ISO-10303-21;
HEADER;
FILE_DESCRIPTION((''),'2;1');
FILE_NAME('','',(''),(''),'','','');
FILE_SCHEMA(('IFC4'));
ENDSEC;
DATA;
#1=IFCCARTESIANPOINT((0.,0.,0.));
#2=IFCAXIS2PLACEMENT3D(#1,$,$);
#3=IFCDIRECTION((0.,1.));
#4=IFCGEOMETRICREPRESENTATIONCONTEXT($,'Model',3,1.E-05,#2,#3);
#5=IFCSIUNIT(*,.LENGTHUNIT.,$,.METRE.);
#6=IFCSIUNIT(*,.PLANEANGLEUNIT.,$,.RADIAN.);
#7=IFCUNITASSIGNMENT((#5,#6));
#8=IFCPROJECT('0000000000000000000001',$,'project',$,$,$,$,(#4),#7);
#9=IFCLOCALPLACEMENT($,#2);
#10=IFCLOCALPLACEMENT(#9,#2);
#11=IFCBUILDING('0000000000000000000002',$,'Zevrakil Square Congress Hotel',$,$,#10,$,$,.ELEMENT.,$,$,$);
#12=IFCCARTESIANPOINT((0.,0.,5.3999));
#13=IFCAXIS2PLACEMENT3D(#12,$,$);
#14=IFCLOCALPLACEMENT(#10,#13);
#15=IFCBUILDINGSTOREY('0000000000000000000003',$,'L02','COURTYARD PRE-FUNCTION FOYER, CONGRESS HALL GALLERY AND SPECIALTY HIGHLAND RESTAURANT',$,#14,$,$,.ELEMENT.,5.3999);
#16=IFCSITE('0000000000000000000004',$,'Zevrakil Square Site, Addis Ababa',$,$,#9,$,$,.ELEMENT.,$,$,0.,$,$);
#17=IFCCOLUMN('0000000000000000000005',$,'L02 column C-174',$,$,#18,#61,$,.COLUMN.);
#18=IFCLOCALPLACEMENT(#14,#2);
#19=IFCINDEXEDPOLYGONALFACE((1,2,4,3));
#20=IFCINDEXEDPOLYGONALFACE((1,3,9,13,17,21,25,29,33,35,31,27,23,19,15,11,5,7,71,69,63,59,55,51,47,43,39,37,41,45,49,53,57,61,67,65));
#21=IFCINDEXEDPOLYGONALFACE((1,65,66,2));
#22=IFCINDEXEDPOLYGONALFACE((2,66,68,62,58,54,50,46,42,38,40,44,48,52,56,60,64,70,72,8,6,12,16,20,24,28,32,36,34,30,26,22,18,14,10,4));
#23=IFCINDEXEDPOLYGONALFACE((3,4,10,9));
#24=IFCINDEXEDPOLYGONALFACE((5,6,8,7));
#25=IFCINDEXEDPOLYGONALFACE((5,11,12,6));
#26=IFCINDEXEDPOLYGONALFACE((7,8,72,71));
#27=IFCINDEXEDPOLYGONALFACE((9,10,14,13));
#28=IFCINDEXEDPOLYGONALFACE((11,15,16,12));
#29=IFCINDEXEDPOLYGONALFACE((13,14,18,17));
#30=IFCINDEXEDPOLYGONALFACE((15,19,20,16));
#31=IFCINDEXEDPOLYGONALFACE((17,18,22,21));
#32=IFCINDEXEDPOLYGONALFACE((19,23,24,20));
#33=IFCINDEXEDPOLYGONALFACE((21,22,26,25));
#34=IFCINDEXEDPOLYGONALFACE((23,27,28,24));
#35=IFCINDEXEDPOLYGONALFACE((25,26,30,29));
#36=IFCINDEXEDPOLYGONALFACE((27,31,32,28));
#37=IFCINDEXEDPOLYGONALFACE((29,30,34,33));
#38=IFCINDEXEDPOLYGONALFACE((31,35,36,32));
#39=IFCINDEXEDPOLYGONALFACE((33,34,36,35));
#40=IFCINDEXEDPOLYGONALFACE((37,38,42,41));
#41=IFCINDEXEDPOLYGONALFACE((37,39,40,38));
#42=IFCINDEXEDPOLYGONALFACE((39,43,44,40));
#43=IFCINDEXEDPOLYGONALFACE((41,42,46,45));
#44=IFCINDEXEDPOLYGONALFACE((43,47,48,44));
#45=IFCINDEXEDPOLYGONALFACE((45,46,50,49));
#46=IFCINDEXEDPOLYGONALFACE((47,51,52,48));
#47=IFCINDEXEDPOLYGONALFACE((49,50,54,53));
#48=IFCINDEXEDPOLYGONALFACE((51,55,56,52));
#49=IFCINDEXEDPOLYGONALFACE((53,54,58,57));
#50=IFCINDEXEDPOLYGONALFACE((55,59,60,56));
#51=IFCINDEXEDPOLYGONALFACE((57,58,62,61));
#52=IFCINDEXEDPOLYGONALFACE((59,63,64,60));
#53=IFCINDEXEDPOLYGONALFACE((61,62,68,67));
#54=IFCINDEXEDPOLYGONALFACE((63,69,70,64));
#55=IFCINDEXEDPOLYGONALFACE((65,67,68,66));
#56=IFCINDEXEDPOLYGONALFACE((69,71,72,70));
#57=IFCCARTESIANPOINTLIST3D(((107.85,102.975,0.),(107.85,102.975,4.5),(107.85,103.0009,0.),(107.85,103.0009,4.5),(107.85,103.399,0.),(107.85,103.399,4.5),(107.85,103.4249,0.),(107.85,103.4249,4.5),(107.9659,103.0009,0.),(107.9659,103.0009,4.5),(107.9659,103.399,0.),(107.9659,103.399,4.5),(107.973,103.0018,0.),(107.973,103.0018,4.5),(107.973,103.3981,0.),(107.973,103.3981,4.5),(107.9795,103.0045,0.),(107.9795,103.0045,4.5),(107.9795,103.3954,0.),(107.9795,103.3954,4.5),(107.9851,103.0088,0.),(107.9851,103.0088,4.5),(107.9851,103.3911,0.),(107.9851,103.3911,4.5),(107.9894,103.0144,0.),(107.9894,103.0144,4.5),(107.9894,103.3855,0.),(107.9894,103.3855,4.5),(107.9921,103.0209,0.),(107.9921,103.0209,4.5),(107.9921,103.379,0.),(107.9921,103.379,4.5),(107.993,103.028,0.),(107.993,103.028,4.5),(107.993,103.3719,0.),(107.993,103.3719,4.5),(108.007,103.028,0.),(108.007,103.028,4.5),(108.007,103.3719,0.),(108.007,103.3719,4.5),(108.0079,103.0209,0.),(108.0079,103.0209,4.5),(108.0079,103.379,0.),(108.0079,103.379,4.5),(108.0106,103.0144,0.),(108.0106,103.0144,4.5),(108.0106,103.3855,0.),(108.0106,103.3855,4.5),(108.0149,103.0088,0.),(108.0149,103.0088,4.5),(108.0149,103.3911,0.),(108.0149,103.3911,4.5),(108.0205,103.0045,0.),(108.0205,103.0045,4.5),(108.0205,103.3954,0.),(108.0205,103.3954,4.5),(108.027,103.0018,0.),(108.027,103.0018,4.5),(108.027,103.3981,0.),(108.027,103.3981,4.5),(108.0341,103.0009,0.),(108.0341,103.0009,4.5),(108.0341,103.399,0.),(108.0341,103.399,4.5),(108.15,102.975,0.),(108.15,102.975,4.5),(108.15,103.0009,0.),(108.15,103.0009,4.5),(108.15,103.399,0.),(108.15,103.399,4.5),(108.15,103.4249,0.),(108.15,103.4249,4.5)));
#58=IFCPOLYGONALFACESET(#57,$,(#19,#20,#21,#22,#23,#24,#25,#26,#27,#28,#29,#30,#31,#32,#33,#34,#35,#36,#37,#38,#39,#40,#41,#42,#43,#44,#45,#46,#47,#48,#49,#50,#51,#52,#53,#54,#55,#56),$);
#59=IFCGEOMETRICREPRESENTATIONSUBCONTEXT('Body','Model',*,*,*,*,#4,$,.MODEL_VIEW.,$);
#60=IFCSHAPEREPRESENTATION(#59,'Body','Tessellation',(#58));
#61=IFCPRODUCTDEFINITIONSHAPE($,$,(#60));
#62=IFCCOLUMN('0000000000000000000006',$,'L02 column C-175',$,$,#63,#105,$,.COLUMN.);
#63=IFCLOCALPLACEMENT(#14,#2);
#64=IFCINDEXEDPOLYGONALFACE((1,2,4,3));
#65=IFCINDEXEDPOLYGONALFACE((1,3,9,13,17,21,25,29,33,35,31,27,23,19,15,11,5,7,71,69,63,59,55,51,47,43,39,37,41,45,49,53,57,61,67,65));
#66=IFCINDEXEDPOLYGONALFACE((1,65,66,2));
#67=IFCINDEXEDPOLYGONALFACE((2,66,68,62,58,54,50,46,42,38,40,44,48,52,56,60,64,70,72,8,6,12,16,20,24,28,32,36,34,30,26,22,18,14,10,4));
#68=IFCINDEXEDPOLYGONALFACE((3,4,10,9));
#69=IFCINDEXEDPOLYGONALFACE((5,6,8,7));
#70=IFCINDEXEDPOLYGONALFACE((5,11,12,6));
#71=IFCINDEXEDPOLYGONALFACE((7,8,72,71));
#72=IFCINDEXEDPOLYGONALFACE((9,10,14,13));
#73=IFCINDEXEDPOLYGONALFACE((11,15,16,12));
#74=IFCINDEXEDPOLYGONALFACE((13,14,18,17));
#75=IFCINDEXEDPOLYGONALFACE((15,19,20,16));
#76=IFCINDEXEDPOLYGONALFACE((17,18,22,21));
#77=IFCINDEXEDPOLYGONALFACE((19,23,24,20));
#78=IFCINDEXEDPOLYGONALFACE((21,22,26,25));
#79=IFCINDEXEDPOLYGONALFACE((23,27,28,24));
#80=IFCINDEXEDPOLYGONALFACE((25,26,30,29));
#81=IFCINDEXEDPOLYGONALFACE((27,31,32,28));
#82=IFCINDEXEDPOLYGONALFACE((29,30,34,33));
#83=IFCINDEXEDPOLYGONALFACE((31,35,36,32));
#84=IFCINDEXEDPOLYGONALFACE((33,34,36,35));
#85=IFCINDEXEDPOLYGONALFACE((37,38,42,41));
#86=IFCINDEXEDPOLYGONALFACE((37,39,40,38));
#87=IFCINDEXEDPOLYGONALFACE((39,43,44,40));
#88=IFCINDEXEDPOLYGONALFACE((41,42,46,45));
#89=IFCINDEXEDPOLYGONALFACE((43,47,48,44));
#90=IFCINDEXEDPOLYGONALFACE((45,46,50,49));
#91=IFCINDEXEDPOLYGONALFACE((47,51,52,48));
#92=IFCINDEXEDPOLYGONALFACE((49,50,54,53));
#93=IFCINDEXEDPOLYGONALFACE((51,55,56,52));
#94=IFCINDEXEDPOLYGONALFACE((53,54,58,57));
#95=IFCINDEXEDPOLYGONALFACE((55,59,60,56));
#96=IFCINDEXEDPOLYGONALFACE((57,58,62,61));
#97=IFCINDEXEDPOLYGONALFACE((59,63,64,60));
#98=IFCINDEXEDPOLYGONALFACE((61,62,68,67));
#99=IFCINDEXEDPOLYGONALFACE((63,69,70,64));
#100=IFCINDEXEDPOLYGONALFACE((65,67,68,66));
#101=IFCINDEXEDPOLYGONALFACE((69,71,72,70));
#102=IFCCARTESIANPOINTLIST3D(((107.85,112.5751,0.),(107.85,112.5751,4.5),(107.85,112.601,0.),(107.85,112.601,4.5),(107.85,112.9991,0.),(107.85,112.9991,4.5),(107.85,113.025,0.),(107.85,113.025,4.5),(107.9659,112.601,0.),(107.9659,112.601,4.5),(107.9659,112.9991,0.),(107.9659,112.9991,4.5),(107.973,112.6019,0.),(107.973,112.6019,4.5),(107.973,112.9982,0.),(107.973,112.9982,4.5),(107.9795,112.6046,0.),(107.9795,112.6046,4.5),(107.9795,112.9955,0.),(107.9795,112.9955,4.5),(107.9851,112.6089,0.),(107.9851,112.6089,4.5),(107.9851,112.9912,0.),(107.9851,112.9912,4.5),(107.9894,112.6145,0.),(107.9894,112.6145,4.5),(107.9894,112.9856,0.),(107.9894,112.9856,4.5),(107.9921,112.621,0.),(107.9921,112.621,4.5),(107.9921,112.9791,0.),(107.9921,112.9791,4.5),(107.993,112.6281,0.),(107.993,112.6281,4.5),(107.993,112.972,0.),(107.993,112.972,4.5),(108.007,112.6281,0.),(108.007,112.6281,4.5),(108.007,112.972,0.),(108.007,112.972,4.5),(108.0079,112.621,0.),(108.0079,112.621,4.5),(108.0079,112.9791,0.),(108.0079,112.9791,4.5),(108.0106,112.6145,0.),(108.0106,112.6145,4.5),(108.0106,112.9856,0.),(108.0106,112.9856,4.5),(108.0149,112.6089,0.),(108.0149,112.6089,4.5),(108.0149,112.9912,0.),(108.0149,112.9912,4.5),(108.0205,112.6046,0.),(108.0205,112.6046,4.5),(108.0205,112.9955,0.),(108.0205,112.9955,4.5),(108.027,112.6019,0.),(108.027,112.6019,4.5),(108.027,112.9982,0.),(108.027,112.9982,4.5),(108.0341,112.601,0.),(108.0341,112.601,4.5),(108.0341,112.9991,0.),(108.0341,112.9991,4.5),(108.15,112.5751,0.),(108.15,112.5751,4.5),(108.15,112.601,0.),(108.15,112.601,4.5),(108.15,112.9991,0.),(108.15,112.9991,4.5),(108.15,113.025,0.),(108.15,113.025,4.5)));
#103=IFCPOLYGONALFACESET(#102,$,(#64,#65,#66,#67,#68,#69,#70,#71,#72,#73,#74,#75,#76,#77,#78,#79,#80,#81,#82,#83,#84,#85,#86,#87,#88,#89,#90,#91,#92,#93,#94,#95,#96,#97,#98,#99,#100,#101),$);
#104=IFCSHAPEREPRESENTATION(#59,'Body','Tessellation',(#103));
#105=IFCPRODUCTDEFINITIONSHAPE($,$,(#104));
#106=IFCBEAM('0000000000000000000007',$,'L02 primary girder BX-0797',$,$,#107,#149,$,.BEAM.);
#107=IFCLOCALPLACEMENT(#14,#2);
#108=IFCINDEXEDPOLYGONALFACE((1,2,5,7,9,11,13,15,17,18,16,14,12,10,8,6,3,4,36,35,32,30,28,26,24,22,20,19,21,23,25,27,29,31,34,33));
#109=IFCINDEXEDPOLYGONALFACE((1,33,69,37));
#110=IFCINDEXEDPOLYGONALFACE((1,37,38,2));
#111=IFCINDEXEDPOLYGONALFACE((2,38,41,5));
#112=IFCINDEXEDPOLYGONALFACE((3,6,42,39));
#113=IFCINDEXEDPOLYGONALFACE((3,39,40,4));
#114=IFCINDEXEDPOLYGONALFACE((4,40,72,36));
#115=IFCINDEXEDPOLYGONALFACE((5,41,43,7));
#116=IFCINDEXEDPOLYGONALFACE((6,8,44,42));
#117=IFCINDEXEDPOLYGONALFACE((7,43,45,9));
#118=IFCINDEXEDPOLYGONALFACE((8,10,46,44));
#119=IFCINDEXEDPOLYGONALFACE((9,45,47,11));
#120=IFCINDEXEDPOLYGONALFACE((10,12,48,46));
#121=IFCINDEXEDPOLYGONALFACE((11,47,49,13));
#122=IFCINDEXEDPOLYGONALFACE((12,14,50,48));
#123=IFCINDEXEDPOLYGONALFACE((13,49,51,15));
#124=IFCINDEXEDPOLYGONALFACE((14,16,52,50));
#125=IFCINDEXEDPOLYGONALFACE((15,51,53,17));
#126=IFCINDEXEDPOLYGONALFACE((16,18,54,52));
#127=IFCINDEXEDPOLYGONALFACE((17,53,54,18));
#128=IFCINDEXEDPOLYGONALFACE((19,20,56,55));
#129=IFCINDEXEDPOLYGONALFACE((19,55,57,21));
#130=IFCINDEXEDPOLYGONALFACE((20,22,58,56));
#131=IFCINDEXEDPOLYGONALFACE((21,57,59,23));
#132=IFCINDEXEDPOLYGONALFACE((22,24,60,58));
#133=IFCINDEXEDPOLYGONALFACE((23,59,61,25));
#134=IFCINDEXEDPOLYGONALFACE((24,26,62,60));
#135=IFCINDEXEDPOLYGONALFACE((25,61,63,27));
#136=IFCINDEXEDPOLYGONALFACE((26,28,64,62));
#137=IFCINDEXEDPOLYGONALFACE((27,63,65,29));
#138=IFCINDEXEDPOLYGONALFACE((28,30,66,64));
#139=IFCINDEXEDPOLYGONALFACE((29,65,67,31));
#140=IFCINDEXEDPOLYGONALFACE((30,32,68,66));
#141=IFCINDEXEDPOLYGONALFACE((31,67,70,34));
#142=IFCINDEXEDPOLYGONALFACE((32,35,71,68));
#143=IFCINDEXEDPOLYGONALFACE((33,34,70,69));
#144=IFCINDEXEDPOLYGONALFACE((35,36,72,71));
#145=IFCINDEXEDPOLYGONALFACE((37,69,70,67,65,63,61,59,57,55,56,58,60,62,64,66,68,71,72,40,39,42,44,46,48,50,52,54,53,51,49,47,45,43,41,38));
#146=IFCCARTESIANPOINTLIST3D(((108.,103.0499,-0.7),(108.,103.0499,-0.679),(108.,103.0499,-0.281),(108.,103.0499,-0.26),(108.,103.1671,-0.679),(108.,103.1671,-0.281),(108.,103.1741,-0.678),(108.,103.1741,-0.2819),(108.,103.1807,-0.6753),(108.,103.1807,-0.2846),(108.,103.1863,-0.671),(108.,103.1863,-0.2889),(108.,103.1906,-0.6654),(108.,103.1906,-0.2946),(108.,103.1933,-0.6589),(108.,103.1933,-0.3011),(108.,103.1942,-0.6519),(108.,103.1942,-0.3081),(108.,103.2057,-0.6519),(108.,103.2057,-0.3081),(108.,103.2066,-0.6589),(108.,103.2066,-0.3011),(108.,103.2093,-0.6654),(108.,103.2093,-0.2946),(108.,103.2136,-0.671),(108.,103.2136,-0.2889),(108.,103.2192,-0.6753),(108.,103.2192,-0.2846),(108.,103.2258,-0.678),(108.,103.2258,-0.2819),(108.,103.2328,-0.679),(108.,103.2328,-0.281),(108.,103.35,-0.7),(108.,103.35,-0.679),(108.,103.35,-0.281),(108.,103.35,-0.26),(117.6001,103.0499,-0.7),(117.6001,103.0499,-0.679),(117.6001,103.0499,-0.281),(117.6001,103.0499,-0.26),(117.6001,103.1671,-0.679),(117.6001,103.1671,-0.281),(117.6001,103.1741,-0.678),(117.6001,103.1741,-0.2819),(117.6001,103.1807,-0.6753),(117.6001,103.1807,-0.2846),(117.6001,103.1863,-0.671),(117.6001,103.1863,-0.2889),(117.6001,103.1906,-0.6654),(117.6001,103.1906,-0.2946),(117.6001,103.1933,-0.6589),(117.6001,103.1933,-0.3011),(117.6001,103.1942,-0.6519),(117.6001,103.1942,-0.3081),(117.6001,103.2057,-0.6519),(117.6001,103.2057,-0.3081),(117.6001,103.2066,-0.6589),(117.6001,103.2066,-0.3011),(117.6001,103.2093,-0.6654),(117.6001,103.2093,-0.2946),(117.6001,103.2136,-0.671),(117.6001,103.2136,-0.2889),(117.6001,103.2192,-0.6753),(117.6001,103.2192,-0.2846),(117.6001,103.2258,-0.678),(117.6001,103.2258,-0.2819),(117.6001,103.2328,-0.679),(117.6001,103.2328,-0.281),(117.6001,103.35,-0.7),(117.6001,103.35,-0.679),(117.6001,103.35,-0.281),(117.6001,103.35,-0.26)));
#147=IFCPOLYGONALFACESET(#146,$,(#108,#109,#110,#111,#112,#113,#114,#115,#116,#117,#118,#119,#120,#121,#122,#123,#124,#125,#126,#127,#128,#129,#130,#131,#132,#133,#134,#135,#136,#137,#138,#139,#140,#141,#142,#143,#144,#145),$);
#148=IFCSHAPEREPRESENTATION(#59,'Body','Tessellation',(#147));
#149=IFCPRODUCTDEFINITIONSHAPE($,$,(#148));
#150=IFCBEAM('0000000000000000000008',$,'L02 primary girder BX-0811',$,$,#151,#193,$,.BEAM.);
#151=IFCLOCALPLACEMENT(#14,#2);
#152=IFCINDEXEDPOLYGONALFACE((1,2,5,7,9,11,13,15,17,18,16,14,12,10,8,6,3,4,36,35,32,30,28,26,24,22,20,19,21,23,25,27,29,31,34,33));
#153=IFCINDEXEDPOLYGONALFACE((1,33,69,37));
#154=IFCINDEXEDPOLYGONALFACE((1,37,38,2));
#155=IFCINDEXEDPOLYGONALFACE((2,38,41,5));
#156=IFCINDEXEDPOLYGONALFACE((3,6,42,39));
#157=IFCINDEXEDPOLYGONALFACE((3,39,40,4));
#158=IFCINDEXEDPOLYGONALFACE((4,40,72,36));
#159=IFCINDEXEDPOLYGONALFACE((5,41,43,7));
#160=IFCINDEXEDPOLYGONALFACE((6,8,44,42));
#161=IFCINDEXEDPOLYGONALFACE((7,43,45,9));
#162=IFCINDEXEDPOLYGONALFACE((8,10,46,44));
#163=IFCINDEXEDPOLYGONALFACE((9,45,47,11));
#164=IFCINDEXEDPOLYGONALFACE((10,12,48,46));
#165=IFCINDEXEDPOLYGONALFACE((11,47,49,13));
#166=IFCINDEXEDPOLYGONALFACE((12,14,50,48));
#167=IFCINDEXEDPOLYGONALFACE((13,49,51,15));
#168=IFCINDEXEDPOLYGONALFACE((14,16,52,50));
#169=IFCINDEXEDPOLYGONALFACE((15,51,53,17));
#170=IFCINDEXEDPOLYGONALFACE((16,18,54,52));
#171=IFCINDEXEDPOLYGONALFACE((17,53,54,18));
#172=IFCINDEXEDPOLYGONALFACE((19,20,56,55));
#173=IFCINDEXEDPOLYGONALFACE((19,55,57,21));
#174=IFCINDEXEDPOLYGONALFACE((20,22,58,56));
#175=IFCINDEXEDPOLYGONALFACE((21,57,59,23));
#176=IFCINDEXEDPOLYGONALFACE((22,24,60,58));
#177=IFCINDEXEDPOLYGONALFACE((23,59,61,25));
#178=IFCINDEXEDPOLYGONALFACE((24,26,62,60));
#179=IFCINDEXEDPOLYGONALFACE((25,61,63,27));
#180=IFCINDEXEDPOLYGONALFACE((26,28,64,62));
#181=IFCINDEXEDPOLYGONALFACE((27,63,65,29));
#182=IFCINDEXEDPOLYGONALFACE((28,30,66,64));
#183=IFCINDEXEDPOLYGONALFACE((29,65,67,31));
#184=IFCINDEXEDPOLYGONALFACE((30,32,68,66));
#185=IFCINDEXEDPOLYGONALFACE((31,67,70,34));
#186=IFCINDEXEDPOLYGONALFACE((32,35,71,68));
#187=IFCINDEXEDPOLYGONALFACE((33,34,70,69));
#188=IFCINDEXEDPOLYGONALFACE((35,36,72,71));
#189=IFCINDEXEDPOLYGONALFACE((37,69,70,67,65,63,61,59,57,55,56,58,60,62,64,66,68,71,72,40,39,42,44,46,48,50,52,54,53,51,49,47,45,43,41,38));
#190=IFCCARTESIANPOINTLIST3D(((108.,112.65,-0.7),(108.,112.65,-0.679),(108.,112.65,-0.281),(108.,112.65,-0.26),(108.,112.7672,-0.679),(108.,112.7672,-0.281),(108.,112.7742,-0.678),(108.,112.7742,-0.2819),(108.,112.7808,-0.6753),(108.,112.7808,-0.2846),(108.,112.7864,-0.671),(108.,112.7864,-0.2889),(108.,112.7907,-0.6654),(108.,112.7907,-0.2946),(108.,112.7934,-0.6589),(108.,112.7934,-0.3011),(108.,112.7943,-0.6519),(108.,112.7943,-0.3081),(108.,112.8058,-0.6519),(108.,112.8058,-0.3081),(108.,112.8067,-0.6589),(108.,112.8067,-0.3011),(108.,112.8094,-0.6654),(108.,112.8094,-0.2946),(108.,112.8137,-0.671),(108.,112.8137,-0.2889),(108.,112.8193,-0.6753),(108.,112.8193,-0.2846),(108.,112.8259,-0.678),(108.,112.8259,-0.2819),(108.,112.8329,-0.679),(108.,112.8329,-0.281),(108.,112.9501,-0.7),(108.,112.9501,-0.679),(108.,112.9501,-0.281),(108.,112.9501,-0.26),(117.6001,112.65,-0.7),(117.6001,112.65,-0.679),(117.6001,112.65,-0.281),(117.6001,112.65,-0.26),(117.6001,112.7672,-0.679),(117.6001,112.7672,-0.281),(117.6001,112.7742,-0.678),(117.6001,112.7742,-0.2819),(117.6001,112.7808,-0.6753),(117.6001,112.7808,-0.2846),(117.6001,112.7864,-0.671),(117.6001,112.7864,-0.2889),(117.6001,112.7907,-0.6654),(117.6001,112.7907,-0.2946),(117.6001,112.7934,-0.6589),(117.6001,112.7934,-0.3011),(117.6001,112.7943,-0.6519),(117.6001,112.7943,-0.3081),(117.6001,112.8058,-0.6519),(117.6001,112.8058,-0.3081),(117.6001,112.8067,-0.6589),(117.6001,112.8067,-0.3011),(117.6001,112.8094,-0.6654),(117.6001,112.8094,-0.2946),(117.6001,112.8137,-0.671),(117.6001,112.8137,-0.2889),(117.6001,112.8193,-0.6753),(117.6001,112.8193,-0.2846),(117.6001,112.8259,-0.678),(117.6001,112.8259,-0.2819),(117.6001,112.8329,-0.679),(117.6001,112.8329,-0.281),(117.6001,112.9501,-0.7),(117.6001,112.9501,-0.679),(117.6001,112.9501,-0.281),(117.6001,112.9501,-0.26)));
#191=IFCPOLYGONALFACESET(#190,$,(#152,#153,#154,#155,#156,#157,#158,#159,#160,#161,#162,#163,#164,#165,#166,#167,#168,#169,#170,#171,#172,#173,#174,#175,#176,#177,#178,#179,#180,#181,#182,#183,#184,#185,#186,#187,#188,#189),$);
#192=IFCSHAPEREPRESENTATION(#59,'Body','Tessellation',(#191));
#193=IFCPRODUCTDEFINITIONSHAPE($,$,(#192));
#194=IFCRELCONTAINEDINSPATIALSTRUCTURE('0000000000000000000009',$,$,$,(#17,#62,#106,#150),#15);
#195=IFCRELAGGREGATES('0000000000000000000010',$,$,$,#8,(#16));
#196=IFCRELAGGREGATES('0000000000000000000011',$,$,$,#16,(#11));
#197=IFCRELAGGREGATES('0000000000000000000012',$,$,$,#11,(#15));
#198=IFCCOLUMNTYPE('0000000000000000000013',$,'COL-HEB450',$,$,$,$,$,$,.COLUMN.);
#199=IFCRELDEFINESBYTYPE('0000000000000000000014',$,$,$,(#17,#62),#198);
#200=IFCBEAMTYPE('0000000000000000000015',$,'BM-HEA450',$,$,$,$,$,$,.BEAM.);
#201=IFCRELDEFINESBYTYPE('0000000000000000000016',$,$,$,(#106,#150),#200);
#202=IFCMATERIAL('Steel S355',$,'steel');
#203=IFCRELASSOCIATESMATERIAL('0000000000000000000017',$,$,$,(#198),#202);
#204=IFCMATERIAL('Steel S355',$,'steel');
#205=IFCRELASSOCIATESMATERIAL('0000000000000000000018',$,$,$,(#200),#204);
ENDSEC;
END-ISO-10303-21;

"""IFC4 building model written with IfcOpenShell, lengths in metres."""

from ifc_helpers import new_model, si_unit, direction, frame, origin, origin_2d, place, context, subcontext, project, spatial, i_section, extrude, material, material_profile, profile_set, type_object, element, save


model = new_model("IFC4")

# Units and contexts
model_context = context("Model", 3, precision=1e-05, world=origin(), true_north=direction((0.0, 1.0)))
body_context = subcontext(model_context, "Body", "Model", "MODEL_VIEW")
ifc_project = project(units=[si_unit("LENGTHUNIT", "METRE"), si_unit("PLANEANGLEUNIT", "RADIAN")], contexts=[model_context])

# Site, building, storey
site_placement = place(None, origin())
site = spatial("IfcSite", under=ifc_project, at=site_placement, Name="Zevrakil Square Site, Addis Ababa", CompositionType="ELEMENT", RefElevation=0.0)
building_placement = place(site_placement, origin())
building = spatial("IfcBuilding", under=site, at=building_placement, Name="Zevrakil Square Congress Hotel", CompositionType="ELEMENT")
storey_placement = place(building_placement, frame((0.0, 0.0, 5.3999)))
storey = spatial("IfcBuildingStorey", under=building, at=storey_placement, Name="L02", Description="COURTYARD PRE-FUNCTION FOYER, CONGRESS HALL GALLERY AND SPECIALTY HIGHLAND RESTAURANT", CompositionType="ELEMENT", Elevation=5.3999)

# Columns
ifc_material_1 = material(Name="Steel S355", Category="steel")
ifc_material_profile_1 = material_profile(ifc_material_1, i_section(OverallWidth=0.3, OverallDepth=0.45, WebThickness=0.0139, FlangeThickness=0.0259, FilletRadius=0.0271, at=origin_2d()), Name="HEB 450")
ifc_profile_set_1 = profile_set([ifc_material_profile_1], Name="Steel S355")
column_type = type_object("IfcColumnType", Name="COL-HEB450", PredefinedType="COLUMN", material=ifc_profile_set_1)
for number, where, z_axis, x_axis, name in (
    (1, (108.0, 103.2, 0.0), (0.0, 0.0, 1.0), (1.0, 0.0, 0.0), "L02 column C-174"),
    (2, (108.0, 112.8, 0.0), (0.0, 0.0, 1.0), (1.0, 0.0, 0.0), "L02 column C-175"),
):
    element("IfcColumn", number, at=place(storey_placement, frame(where, z_axis=z_axis, x_axis=x_axis)), inside=storey, type_object=column_type, Name=name, PredefinedType="COLUMN", context=body_context, shape_type="SweptSolid", body=[
        extrude(i_section(OverallWidth=0.3, OverallDepth=0.45, WebThickness=0.0139, FlangeThickness=0.0259, FilletRadius=0.0271, at=origin_2d()), origin(), (0.0, 0.0, 1.0), 4.5),
    ])

# Beams
ifc_material_2 = material(Name="Steel S355", Category="steel")
ifc_material_profile_2 = material_profile(ifc_material_2, i_section(OverallWidth=0.3, OverallDepth=0.4399, WebThickness=0.0115, FlangeThickness=0.021, FilletRadius=0.0271, at=origin_2d()), Name="HEA 450")
ifc_profile_set_2 = profile_set([ifc_material_profile_2], Name="Steel S355")
beam_type_1 = type_object("IfcBeamType", Name="BM-HEA450", PredefinedType="BEAM", material=ifc_profile_set_2)
for number, where, z_axis, x_axis, name in (
    (3, (108.0, 103.2, -0.48), (1.0, 0.0, 0.0), (0.0, 1.0, 0.0), "L02 primary girder BX-0797"),
    (4, (108.0, 112.8, -0.48), (1.0, 0.0, 0.0), (0.0, 1.0, 0.0), "L02 primary girder BX-0811"),
):
    element("IfcBeam", number, at=place(storey_placement, frame(where, z_axis=z_axis, x_axis=x_axis)), inside=storey, type_object=beam_type_1, Name=name, PredefinedType="BEAM", context=body_context, shape_type="SweptSolid", body=[
        extrude(i_section(OverallWidth=0.3, OverallDepth=0.4399, WebThickness=0.0115, FlangeThickness=0.021, FilletRadius=0.0271, at=origin_2d()), origin(), (0.0, 0.0, 1.0), 9.6001),
    ])

save(model, "model.ifc")
